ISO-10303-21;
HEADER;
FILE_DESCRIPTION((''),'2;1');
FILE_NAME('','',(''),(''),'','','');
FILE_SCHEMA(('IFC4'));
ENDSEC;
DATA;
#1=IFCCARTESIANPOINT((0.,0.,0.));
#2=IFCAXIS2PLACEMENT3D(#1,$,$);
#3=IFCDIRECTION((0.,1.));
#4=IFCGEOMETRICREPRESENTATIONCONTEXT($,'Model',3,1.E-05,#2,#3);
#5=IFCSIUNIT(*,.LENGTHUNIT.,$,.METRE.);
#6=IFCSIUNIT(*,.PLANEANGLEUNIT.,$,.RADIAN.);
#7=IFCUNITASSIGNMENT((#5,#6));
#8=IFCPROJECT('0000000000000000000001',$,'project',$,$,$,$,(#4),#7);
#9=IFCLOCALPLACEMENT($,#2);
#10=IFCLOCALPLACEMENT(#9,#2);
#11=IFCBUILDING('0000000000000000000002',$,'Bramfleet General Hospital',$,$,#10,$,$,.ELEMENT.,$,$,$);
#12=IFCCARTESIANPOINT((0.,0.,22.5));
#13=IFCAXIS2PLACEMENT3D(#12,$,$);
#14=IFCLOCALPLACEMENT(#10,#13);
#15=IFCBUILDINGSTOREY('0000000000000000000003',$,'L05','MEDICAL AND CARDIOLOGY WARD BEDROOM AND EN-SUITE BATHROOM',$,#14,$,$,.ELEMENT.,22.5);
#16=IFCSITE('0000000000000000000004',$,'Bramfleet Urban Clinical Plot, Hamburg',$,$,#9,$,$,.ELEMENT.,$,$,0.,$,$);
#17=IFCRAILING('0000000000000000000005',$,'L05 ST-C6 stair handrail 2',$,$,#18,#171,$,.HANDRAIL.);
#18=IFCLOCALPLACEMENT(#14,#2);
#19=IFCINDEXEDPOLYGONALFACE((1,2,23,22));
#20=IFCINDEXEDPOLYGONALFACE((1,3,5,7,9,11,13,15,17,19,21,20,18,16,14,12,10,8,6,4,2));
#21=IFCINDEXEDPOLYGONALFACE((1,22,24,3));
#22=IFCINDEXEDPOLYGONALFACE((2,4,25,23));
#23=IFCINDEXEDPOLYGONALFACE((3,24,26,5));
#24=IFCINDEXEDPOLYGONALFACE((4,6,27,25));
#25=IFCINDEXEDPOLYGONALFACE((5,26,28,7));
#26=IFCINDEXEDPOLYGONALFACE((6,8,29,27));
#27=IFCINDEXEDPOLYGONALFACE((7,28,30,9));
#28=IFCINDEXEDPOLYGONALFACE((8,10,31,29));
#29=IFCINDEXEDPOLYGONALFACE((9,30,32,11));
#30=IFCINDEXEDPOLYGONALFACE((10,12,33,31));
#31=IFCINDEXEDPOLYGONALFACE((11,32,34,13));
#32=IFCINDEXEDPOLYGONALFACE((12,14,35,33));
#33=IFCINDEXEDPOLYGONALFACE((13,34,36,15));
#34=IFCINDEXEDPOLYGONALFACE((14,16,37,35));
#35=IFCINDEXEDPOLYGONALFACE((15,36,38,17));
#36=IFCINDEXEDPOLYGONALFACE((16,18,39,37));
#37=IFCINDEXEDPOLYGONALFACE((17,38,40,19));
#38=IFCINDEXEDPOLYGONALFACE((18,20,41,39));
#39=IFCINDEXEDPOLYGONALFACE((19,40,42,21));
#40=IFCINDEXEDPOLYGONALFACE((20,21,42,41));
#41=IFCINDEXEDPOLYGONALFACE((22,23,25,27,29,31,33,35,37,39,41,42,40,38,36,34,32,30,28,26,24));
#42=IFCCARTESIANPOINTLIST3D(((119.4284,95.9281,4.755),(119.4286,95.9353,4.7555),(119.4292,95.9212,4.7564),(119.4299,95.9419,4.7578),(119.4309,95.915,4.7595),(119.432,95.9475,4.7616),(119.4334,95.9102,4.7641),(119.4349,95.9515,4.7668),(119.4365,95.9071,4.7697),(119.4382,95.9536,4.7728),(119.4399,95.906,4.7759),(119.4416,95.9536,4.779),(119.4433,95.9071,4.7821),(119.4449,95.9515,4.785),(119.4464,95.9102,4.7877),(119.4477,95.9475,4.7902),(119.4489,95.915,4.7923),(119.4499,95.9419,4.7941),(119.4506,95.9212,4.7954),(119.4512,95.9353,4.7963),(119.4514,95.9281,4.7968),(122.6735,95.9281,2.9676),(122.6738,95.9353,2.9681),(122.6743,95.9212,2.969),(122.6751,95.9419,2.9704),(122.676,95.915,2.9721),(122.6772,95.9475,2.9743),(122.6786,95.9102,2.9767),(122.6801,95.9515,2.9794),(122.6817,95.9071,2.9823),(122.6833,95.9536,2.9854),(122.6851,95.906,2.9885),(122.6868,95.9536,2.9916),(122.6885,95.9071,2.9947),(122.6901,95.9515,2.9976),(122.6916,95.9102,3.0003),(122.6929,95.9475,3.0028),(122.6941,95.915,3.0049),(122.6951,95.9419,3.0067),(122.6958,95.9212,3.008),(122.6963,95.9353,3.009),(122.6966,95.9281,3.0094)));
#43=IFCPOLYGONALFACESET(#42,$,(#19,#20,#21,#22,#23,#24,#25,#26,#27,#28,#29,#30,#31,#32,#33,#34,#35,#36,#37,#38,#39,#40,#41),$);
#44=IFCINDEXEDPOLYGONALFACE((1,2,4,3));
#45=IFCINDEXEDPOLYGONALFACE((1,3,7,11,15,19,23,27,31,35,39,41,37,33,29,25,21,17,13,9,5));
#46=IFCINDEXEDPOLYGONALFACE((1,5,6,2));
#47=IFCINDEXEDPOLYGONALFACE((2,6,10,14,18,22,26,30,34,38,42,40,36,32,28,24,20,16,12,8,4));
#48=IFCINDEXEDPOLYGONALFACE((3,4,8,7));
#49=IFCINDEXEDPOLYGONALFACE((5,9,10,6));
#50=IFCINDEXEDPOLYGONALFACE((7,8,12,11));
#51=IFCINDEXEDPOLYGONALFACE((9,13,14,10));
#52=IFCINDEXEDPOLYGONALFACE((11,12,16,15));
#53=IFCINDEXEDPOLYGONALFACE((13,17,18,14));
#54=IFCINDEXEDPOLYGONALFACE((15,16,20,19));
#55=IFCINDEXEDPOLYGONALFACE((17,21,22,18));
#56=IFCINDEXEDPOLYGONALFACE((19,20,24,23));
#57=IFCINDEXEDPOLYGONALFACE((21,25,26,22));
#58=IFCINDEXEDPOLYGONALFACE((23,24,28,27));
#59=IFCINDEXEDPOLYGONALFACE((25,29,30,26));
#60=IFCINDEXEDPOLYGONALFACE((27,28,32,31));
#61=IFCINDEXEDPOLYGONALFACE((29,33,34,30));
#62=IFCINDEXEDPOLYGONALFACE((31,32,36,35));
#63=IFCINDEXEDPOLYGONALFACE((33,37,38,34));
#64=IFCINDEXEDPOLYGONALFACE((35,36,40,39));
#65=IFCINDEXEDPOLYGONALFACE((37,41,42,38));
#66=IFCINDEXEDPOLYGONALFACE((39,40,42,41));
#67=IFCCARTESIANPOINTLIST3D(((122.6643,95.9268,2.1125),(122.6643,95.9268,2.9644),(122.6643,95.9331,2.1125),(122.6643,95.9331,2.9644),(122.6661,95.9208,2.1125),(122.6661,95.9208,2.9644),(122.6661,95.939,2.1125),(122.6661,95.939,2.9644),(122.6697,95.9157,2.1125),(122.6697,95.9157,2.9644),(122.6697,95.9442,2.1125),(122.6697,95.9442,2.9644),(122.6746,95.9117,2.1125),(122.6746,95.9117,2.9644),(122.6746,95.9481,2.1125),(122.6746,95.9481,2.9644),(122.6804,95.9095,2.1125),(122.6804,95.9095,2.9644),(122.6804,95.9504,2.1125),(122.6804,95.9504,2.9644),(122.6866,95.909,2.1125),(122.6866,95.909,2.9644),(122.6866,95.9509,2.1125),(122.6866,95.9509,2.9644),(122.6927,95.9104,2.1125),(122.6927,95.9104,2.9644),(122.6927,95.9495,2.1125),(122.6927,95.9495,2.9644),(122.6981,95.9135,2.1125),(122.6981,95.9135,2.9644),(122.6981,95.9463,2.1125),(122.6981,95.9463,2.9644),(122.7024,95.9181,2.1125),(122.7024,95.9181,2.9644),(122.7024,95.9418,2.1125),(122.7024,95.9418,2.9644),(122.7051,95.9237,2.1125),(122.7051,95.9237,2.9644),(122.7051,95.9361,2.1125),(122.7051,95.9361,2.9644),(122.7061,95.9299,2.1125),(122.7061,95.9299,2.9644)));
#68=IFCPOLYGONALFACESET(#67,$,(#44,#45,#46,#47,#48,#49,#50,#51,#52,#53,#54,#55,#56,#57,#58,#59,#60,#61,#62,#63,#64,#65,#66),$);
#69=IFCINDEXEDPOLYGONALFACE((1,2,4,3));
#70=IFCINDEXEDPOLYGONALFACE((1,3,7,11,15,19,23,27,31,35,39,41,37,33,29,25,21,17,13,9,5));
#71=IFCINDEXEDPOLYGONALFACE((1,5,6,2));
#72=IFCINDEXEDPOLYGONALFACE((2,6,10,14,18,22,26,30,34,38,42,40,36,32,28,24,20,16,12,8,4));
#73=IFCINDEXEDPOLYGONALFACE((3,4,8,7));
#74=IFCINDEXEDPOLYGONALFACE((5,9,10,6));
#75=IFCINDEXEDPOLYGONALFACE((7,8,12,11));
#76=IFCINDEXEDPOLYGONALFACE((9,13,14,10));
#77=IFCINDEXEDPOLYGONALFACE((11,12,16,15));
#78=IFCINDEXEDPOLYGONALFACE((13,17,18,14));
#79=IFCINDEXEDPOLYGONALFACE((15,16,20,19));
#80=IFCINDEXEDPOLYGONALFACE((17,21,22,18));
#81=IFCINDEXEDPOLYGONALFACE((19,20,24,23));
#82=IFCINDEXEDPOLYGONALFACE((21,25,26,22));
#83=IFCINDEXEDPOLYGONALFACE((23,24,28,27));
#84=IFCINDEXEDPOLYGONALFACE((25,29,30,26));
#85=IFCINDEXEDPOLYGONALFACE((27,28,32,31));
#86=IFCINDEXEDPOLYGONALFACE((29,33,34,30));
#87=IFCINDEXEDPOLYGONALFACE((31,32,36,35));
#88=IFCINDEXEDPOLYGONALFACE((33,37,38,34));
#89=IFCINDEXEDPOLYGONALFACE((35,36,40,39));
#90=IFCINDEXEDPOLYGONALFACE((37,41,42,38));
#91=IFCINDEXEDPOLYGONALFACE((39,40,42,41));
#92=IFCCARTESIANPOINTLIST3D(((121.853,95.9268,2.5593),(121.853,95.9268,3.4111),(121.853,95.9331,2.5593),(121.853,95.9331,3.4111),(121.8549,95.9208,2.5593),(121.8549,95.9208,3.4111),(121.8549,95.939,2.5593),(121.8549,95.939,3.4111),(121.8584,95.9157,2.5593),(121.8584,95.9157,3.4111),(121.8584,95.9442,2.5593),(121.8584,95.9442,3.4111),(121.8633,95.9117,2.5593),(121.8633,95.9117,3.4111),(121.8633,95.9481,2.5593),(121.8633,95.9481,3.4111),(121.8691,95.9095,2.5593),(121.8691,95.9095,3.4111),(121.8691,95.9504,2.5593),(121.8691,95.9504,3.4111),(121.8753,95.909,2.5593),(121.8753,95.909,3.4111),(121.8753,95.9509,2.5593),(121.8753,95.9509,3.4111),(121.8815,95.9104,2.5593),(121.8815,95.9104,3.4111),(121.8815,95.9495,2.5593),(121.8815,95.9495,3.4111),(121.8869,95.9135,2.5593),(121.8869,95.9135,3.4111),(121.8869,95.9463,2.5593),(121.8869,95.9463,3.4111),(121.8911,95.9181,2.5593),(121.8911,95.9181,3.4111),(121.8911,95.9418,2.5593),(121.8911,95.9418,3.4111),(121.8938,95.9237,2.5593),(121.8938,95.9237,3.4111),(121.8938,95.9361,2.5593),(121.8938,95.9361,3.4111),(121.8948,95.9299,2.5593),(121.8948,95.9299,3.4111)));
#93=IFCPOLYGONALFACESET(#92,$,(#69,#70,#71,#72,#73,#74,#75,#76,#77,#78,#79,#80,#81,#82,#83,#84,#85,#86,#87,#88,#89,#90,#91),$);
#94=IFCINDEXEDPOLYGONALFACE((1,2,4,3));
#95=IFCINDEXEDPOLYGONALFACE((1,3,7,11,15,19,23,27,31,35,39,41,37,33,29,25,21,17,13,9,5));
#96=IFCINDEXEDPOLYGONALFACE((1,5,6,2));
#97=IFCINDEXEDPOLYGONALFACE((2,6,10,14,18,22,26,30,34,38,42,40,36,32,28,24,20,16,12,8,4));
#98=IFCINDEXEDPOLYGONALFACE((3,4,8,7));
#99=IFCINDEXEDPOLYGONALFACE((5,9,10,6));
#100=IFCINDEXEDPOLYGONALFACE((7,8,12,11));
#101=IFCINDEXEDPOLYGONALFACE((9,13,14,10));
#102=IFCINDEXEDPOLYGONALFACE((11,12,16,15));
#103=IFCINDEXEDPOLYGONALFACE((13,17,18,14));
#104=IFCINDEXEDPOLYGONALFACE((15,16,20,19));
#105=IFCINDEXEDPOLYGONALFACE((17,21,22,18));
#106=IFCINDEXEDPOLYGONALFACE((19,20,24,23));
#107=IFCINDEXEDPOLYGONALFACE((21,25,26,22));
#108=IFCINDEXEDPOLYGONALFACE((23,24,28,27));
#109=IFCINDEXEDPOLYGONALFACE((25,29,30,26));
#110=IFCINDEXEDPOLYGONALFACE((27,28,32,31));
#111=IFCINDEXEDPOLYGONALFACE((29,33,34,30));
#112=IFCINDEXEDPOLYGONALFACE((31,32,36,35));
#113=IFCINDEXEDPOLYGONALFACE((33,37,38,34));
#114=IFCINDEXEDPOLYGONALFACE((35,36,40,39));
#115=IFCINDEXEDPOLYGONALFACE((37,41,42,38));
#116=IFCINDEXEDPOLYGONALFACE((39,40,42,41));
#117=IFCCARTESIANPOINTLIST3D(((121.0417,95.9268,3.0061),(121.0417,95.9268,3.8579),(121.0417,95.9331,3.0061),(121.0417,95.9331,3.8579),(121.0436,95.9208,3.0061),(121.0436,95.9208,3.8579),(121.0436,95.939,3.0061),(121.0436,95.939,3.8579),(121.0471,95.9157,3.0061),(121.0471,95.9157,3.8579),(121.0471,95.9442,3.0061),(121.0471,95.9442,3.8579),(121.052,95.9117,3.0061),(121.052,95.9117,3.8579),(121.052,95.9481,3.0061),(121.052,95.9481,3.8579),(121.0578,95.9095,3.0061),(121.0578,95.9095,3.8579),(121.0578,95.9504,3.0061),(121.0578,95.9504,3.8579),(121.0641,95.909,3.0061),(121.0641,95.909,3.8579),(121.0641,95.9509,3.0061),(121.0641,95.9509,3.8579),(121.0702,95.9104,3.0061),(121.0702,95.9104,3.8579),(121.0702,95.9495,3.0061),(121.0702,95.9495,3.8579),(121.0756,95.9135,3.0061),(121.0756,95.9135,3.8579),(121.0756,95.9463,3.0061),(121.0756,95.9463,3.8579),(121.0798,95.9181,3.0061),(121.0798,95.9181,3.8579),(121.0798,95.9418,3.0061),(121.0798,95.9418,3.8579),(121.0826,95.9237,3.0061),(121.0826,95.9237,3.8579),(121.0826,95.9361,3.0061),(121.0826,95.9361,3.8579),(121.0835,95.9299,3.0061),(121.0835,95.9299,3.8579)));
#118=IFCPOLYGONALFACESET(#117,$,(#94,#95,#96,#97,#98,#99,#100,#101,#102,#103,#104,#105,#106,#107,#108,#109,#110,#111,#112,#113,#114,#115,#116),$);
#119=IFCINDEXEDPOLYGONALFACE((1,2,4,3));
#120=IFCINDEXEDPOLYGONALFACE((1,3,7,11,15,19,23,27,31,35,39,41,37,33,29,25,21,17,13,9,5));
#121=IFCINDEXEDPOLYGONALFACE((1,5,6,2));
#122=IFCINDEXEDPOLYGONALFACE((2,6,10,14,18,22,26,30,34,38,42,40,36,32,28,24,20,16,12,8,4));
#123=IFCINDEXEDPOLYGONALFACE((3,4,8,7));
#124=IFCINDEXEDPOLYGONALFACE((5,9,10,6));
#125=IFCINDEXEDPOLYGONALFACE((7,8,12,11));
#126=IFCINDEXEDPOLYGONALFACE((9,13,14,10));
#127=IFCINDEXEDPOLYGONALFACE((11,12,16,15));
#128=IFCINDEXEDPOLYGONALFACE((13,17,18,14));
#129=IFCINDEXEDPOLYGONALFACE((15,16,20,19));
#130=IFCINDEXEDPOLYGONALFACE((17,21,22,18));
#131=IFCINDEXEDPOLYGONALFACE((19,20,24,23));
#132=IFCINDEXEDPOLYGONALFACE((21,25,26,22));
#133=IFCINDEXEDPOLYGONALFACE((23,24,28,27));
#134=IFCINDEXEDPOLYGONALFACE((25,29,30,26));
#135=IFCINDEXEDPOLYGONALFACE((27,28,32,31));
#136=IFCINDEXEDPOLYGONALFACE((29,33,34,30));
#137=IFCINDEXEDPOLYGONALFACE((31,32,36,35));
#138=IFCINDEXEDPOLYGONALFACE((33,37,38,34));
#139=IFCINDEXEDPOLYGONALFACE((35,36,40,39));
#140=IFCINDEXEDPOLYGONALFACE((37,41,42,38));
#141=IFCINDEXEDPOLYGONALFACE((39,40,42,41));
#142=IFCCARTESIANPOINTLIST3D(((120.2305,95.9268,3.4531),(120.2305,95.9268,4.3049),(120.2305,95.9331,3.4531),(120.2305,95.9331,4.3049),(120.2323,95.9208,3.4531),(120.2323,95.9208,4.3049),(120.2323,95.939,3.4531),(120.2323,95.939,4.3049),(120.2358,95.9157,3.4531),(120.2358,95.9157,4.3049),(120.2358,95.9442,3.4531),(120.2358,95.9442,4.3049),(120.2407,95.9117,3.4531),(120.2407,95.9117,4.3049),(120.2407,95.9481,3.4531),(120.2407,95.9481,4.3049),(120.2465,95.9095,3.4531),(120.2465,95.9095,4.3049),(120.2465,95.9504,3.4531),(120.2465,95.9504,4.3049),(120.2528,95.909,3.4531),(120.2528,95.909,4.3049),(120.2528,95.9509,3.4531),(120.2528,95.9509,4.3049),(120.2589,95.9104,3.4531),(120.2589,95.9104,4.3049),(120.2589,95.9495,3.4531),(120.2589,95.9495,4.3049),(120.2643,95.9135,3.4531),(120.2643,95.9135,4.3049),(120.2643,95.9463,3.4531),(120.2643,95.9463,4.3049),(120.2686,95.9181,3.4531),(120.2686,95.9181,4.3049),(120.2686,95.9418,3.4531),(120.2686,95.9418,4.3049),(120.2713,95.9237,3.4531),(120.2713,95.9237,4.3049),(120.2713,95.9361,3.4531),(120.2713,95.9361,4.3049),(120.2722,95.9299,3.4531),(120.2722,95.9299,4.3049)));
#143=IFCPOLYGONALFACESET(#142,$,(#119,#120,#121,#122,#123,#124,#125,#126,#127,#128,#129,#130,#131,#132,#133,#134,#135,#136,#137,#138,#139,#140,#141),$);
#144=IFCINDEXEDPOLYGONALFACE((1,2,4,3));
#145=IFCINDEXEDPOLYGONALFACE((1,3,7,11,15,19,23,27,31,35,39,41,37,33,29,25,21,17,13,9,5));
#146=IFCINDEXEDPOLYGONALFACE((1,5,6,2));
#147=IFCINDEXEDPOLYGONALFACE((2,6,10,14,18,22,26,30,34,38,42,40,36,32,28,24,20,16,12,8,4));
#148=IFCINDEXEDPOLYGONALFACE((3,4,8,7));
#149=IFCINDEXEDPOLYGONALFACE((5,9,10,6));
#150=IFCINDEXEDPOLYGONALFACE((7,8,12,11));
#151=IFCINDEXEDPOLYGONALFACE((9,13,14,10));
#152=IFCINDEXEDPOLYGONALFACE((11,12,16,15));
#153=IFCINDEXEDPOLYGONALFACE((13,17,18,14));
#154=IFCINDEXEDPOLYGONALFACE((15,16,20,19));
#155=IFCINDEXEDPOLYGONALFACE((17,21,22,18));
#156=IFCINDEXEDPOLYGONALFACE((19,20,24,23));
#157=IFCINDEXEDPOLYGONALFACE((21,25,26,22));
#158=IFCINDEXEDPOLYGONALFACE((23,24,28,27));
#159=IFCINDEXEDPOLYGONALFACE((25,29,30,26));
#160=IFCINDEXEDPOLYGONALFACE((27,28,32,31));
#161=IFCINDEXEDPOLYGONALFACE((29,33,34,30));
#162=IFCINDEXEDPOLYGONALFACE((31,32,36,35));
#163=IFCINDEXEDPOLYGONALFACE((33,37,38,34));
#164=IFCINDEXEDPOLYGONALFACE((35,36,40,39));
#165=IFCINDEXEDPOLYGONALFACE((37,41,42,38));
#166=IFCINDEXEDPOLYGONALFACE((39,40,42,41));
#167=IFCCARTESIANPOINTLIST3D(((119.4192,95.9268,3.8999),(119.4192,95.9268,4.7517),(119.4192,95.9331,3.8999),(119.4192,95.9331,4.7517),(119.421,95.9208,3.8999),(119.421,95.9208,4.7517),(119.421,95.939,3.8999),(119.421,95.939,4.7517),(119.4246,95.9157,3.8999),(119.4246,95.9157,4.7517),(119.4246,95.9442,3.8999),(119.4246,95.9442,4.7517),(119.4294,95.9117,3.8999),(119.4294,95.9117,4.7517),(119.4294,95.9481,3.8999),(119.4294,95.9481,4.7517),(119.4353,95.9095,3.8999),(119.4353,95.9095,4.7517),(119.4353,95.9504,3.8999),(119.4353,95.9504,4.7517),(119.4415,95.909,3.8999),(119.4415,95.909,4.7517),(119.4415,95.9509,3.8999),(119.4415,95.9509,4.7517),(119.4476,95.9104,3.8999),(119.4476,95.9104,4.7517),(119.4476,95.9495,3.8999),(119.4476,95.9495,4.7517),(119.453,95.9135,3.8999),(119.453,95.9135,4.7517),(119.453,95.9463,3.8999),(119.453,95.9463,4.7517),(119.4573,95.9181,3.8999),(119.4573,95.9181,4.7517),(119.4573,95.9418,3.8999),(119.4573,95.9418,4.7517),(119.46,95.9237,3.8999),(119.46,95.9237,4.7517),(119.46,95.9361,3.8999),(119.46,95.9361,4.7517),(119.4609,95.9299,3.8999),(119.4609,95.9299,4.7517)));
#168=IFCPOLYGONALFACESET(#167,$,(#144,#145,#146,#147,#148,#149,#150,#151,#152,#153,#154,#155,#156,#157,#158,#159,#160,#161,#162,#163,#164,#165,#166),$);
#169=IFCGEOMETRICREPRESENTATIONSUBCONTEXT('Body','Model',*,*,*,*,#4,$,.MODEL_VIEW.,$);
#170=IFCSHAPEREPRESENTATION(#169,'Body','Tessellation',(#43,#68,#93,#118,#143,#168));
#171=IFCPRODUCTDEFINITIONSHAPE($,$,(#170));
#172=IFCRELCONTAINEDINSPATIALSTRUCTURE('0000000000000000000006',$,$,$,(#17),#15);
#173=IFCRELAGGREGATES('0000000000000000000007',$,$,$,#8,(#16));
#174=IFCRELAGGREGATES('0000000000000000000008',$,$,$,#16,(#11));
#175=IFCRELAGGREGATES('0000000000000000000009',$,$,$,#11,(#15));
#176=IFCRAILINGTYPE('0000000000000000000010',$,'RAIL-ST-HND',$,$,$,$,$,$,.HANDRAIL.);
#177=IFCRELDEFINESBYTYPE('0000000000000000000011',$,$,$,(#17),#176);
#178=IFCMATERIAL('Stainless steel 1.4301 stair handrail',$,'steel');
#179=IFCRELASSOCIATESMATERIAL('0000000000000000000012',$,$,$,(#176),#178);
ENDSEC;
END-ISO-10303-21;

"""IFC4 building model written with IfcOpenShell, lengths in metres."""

from ifc_helpers import new_model, si_unit, direction, frame, origin, origin_2d, place, context, subcontext, project, spatial, circle, extrude, material, type_object, element, save


model = new_model("IFC4")

# Units and contexts
model_context = context("Model", 3, precision=1e-05, world=origin(), true_north=direction((0.0, 1.0)))
body_context = subcontext(model_context, "Body", "Model", "MODEL_VIEW")
ifc_project = project(units=[si_unit("LENGTHUNIT", "METRE"), si_unit("PLANEANGLEUNIT", "RADIAN")], contexts=[model_context])

# Site, building, storey
site_placement = place(None, origin())
site = spatial("IfcSite", under=ifc_project, at=site_placement, Name="Bramfleet Urban Clinical Plot, Hamburg", CompositionType="ELEMENT", RefElevation=0.0)
building_placement = place(site_placement, origin())
building = spatial("IfcBuilding", under=site, at=building_placement, Name="Bramfleet General Hospital", CompositionType="ELEMENT")
storey_placement = place(building_placement, frame((0.0, 0.0, 22.5)))
storey = spatial("IfcBuildingStorey", under=building, at=storey_placement, Name="L05", Description="MEDICAL AND CARDIOLOGY WARD BEDROOM AND EN-SUITE BATHROOM", CompositionType="ELEMENT", Elevation=22.5)

# Railing
ifc_material_1 = material(Name="Stainless steel 1.4301 stair handrail", Category="steel")
railing_type = type_object("IfcRailingType", Name="RAIL-ST-HND", PredefinedType="HANDRAIL", material=ifc_material_1)
railing_placement = place(storey_placement, frame((122.6851, 95.9299, 2.1125)))
element("IfcRailing", 1, at=railing_placement, inside=storey, type_object=railing_type, Name="L05 ST-C6 stair handrail 2", PredefinedType="HANDRAIL", context=body_context, shape_type="SweptSolid", body=[
    extrude(circle(Radius=0.0239, at=origin_2d()), frame((0.0, 0.0, 0.876), z_axis=(-0.875926, 0.0, 0.482445), x_axis=(0.0, -1.0, 0.0)), (0.0, 0.0, 1.0), 3.7048),
    extrude(circle(Radius=0.021, at=origin_2d()), origin(), (0.0, 0.0, 1.0), 0.8518),
    extrude(circle(Radius=0.021, at=origin_2d()), frame((-0.8113, 0.0, 0.4468)), (0.0, 0.0, 1.0), 0.8518),
    extrude(circle(Radius=0.021, at=origin_2d()), frame((-1.6226, 0.0, 0.8936)), (0.0, 0.0, 1.0), 0.8518),
    extrude(circle(Radius=0.021, at=origin_2d()), frame((-2.4338, 0.0, 1.3406)), (0.0, 0.0, 1.0), 0.8518),
    extrude(circle(Radius=0.021, at=origin_2d()), frame((-3.2451, 0.0, 1.7874)), (0.0, 0.0, 1.0), 0.8518),
])

save(model, "model.ifc")
